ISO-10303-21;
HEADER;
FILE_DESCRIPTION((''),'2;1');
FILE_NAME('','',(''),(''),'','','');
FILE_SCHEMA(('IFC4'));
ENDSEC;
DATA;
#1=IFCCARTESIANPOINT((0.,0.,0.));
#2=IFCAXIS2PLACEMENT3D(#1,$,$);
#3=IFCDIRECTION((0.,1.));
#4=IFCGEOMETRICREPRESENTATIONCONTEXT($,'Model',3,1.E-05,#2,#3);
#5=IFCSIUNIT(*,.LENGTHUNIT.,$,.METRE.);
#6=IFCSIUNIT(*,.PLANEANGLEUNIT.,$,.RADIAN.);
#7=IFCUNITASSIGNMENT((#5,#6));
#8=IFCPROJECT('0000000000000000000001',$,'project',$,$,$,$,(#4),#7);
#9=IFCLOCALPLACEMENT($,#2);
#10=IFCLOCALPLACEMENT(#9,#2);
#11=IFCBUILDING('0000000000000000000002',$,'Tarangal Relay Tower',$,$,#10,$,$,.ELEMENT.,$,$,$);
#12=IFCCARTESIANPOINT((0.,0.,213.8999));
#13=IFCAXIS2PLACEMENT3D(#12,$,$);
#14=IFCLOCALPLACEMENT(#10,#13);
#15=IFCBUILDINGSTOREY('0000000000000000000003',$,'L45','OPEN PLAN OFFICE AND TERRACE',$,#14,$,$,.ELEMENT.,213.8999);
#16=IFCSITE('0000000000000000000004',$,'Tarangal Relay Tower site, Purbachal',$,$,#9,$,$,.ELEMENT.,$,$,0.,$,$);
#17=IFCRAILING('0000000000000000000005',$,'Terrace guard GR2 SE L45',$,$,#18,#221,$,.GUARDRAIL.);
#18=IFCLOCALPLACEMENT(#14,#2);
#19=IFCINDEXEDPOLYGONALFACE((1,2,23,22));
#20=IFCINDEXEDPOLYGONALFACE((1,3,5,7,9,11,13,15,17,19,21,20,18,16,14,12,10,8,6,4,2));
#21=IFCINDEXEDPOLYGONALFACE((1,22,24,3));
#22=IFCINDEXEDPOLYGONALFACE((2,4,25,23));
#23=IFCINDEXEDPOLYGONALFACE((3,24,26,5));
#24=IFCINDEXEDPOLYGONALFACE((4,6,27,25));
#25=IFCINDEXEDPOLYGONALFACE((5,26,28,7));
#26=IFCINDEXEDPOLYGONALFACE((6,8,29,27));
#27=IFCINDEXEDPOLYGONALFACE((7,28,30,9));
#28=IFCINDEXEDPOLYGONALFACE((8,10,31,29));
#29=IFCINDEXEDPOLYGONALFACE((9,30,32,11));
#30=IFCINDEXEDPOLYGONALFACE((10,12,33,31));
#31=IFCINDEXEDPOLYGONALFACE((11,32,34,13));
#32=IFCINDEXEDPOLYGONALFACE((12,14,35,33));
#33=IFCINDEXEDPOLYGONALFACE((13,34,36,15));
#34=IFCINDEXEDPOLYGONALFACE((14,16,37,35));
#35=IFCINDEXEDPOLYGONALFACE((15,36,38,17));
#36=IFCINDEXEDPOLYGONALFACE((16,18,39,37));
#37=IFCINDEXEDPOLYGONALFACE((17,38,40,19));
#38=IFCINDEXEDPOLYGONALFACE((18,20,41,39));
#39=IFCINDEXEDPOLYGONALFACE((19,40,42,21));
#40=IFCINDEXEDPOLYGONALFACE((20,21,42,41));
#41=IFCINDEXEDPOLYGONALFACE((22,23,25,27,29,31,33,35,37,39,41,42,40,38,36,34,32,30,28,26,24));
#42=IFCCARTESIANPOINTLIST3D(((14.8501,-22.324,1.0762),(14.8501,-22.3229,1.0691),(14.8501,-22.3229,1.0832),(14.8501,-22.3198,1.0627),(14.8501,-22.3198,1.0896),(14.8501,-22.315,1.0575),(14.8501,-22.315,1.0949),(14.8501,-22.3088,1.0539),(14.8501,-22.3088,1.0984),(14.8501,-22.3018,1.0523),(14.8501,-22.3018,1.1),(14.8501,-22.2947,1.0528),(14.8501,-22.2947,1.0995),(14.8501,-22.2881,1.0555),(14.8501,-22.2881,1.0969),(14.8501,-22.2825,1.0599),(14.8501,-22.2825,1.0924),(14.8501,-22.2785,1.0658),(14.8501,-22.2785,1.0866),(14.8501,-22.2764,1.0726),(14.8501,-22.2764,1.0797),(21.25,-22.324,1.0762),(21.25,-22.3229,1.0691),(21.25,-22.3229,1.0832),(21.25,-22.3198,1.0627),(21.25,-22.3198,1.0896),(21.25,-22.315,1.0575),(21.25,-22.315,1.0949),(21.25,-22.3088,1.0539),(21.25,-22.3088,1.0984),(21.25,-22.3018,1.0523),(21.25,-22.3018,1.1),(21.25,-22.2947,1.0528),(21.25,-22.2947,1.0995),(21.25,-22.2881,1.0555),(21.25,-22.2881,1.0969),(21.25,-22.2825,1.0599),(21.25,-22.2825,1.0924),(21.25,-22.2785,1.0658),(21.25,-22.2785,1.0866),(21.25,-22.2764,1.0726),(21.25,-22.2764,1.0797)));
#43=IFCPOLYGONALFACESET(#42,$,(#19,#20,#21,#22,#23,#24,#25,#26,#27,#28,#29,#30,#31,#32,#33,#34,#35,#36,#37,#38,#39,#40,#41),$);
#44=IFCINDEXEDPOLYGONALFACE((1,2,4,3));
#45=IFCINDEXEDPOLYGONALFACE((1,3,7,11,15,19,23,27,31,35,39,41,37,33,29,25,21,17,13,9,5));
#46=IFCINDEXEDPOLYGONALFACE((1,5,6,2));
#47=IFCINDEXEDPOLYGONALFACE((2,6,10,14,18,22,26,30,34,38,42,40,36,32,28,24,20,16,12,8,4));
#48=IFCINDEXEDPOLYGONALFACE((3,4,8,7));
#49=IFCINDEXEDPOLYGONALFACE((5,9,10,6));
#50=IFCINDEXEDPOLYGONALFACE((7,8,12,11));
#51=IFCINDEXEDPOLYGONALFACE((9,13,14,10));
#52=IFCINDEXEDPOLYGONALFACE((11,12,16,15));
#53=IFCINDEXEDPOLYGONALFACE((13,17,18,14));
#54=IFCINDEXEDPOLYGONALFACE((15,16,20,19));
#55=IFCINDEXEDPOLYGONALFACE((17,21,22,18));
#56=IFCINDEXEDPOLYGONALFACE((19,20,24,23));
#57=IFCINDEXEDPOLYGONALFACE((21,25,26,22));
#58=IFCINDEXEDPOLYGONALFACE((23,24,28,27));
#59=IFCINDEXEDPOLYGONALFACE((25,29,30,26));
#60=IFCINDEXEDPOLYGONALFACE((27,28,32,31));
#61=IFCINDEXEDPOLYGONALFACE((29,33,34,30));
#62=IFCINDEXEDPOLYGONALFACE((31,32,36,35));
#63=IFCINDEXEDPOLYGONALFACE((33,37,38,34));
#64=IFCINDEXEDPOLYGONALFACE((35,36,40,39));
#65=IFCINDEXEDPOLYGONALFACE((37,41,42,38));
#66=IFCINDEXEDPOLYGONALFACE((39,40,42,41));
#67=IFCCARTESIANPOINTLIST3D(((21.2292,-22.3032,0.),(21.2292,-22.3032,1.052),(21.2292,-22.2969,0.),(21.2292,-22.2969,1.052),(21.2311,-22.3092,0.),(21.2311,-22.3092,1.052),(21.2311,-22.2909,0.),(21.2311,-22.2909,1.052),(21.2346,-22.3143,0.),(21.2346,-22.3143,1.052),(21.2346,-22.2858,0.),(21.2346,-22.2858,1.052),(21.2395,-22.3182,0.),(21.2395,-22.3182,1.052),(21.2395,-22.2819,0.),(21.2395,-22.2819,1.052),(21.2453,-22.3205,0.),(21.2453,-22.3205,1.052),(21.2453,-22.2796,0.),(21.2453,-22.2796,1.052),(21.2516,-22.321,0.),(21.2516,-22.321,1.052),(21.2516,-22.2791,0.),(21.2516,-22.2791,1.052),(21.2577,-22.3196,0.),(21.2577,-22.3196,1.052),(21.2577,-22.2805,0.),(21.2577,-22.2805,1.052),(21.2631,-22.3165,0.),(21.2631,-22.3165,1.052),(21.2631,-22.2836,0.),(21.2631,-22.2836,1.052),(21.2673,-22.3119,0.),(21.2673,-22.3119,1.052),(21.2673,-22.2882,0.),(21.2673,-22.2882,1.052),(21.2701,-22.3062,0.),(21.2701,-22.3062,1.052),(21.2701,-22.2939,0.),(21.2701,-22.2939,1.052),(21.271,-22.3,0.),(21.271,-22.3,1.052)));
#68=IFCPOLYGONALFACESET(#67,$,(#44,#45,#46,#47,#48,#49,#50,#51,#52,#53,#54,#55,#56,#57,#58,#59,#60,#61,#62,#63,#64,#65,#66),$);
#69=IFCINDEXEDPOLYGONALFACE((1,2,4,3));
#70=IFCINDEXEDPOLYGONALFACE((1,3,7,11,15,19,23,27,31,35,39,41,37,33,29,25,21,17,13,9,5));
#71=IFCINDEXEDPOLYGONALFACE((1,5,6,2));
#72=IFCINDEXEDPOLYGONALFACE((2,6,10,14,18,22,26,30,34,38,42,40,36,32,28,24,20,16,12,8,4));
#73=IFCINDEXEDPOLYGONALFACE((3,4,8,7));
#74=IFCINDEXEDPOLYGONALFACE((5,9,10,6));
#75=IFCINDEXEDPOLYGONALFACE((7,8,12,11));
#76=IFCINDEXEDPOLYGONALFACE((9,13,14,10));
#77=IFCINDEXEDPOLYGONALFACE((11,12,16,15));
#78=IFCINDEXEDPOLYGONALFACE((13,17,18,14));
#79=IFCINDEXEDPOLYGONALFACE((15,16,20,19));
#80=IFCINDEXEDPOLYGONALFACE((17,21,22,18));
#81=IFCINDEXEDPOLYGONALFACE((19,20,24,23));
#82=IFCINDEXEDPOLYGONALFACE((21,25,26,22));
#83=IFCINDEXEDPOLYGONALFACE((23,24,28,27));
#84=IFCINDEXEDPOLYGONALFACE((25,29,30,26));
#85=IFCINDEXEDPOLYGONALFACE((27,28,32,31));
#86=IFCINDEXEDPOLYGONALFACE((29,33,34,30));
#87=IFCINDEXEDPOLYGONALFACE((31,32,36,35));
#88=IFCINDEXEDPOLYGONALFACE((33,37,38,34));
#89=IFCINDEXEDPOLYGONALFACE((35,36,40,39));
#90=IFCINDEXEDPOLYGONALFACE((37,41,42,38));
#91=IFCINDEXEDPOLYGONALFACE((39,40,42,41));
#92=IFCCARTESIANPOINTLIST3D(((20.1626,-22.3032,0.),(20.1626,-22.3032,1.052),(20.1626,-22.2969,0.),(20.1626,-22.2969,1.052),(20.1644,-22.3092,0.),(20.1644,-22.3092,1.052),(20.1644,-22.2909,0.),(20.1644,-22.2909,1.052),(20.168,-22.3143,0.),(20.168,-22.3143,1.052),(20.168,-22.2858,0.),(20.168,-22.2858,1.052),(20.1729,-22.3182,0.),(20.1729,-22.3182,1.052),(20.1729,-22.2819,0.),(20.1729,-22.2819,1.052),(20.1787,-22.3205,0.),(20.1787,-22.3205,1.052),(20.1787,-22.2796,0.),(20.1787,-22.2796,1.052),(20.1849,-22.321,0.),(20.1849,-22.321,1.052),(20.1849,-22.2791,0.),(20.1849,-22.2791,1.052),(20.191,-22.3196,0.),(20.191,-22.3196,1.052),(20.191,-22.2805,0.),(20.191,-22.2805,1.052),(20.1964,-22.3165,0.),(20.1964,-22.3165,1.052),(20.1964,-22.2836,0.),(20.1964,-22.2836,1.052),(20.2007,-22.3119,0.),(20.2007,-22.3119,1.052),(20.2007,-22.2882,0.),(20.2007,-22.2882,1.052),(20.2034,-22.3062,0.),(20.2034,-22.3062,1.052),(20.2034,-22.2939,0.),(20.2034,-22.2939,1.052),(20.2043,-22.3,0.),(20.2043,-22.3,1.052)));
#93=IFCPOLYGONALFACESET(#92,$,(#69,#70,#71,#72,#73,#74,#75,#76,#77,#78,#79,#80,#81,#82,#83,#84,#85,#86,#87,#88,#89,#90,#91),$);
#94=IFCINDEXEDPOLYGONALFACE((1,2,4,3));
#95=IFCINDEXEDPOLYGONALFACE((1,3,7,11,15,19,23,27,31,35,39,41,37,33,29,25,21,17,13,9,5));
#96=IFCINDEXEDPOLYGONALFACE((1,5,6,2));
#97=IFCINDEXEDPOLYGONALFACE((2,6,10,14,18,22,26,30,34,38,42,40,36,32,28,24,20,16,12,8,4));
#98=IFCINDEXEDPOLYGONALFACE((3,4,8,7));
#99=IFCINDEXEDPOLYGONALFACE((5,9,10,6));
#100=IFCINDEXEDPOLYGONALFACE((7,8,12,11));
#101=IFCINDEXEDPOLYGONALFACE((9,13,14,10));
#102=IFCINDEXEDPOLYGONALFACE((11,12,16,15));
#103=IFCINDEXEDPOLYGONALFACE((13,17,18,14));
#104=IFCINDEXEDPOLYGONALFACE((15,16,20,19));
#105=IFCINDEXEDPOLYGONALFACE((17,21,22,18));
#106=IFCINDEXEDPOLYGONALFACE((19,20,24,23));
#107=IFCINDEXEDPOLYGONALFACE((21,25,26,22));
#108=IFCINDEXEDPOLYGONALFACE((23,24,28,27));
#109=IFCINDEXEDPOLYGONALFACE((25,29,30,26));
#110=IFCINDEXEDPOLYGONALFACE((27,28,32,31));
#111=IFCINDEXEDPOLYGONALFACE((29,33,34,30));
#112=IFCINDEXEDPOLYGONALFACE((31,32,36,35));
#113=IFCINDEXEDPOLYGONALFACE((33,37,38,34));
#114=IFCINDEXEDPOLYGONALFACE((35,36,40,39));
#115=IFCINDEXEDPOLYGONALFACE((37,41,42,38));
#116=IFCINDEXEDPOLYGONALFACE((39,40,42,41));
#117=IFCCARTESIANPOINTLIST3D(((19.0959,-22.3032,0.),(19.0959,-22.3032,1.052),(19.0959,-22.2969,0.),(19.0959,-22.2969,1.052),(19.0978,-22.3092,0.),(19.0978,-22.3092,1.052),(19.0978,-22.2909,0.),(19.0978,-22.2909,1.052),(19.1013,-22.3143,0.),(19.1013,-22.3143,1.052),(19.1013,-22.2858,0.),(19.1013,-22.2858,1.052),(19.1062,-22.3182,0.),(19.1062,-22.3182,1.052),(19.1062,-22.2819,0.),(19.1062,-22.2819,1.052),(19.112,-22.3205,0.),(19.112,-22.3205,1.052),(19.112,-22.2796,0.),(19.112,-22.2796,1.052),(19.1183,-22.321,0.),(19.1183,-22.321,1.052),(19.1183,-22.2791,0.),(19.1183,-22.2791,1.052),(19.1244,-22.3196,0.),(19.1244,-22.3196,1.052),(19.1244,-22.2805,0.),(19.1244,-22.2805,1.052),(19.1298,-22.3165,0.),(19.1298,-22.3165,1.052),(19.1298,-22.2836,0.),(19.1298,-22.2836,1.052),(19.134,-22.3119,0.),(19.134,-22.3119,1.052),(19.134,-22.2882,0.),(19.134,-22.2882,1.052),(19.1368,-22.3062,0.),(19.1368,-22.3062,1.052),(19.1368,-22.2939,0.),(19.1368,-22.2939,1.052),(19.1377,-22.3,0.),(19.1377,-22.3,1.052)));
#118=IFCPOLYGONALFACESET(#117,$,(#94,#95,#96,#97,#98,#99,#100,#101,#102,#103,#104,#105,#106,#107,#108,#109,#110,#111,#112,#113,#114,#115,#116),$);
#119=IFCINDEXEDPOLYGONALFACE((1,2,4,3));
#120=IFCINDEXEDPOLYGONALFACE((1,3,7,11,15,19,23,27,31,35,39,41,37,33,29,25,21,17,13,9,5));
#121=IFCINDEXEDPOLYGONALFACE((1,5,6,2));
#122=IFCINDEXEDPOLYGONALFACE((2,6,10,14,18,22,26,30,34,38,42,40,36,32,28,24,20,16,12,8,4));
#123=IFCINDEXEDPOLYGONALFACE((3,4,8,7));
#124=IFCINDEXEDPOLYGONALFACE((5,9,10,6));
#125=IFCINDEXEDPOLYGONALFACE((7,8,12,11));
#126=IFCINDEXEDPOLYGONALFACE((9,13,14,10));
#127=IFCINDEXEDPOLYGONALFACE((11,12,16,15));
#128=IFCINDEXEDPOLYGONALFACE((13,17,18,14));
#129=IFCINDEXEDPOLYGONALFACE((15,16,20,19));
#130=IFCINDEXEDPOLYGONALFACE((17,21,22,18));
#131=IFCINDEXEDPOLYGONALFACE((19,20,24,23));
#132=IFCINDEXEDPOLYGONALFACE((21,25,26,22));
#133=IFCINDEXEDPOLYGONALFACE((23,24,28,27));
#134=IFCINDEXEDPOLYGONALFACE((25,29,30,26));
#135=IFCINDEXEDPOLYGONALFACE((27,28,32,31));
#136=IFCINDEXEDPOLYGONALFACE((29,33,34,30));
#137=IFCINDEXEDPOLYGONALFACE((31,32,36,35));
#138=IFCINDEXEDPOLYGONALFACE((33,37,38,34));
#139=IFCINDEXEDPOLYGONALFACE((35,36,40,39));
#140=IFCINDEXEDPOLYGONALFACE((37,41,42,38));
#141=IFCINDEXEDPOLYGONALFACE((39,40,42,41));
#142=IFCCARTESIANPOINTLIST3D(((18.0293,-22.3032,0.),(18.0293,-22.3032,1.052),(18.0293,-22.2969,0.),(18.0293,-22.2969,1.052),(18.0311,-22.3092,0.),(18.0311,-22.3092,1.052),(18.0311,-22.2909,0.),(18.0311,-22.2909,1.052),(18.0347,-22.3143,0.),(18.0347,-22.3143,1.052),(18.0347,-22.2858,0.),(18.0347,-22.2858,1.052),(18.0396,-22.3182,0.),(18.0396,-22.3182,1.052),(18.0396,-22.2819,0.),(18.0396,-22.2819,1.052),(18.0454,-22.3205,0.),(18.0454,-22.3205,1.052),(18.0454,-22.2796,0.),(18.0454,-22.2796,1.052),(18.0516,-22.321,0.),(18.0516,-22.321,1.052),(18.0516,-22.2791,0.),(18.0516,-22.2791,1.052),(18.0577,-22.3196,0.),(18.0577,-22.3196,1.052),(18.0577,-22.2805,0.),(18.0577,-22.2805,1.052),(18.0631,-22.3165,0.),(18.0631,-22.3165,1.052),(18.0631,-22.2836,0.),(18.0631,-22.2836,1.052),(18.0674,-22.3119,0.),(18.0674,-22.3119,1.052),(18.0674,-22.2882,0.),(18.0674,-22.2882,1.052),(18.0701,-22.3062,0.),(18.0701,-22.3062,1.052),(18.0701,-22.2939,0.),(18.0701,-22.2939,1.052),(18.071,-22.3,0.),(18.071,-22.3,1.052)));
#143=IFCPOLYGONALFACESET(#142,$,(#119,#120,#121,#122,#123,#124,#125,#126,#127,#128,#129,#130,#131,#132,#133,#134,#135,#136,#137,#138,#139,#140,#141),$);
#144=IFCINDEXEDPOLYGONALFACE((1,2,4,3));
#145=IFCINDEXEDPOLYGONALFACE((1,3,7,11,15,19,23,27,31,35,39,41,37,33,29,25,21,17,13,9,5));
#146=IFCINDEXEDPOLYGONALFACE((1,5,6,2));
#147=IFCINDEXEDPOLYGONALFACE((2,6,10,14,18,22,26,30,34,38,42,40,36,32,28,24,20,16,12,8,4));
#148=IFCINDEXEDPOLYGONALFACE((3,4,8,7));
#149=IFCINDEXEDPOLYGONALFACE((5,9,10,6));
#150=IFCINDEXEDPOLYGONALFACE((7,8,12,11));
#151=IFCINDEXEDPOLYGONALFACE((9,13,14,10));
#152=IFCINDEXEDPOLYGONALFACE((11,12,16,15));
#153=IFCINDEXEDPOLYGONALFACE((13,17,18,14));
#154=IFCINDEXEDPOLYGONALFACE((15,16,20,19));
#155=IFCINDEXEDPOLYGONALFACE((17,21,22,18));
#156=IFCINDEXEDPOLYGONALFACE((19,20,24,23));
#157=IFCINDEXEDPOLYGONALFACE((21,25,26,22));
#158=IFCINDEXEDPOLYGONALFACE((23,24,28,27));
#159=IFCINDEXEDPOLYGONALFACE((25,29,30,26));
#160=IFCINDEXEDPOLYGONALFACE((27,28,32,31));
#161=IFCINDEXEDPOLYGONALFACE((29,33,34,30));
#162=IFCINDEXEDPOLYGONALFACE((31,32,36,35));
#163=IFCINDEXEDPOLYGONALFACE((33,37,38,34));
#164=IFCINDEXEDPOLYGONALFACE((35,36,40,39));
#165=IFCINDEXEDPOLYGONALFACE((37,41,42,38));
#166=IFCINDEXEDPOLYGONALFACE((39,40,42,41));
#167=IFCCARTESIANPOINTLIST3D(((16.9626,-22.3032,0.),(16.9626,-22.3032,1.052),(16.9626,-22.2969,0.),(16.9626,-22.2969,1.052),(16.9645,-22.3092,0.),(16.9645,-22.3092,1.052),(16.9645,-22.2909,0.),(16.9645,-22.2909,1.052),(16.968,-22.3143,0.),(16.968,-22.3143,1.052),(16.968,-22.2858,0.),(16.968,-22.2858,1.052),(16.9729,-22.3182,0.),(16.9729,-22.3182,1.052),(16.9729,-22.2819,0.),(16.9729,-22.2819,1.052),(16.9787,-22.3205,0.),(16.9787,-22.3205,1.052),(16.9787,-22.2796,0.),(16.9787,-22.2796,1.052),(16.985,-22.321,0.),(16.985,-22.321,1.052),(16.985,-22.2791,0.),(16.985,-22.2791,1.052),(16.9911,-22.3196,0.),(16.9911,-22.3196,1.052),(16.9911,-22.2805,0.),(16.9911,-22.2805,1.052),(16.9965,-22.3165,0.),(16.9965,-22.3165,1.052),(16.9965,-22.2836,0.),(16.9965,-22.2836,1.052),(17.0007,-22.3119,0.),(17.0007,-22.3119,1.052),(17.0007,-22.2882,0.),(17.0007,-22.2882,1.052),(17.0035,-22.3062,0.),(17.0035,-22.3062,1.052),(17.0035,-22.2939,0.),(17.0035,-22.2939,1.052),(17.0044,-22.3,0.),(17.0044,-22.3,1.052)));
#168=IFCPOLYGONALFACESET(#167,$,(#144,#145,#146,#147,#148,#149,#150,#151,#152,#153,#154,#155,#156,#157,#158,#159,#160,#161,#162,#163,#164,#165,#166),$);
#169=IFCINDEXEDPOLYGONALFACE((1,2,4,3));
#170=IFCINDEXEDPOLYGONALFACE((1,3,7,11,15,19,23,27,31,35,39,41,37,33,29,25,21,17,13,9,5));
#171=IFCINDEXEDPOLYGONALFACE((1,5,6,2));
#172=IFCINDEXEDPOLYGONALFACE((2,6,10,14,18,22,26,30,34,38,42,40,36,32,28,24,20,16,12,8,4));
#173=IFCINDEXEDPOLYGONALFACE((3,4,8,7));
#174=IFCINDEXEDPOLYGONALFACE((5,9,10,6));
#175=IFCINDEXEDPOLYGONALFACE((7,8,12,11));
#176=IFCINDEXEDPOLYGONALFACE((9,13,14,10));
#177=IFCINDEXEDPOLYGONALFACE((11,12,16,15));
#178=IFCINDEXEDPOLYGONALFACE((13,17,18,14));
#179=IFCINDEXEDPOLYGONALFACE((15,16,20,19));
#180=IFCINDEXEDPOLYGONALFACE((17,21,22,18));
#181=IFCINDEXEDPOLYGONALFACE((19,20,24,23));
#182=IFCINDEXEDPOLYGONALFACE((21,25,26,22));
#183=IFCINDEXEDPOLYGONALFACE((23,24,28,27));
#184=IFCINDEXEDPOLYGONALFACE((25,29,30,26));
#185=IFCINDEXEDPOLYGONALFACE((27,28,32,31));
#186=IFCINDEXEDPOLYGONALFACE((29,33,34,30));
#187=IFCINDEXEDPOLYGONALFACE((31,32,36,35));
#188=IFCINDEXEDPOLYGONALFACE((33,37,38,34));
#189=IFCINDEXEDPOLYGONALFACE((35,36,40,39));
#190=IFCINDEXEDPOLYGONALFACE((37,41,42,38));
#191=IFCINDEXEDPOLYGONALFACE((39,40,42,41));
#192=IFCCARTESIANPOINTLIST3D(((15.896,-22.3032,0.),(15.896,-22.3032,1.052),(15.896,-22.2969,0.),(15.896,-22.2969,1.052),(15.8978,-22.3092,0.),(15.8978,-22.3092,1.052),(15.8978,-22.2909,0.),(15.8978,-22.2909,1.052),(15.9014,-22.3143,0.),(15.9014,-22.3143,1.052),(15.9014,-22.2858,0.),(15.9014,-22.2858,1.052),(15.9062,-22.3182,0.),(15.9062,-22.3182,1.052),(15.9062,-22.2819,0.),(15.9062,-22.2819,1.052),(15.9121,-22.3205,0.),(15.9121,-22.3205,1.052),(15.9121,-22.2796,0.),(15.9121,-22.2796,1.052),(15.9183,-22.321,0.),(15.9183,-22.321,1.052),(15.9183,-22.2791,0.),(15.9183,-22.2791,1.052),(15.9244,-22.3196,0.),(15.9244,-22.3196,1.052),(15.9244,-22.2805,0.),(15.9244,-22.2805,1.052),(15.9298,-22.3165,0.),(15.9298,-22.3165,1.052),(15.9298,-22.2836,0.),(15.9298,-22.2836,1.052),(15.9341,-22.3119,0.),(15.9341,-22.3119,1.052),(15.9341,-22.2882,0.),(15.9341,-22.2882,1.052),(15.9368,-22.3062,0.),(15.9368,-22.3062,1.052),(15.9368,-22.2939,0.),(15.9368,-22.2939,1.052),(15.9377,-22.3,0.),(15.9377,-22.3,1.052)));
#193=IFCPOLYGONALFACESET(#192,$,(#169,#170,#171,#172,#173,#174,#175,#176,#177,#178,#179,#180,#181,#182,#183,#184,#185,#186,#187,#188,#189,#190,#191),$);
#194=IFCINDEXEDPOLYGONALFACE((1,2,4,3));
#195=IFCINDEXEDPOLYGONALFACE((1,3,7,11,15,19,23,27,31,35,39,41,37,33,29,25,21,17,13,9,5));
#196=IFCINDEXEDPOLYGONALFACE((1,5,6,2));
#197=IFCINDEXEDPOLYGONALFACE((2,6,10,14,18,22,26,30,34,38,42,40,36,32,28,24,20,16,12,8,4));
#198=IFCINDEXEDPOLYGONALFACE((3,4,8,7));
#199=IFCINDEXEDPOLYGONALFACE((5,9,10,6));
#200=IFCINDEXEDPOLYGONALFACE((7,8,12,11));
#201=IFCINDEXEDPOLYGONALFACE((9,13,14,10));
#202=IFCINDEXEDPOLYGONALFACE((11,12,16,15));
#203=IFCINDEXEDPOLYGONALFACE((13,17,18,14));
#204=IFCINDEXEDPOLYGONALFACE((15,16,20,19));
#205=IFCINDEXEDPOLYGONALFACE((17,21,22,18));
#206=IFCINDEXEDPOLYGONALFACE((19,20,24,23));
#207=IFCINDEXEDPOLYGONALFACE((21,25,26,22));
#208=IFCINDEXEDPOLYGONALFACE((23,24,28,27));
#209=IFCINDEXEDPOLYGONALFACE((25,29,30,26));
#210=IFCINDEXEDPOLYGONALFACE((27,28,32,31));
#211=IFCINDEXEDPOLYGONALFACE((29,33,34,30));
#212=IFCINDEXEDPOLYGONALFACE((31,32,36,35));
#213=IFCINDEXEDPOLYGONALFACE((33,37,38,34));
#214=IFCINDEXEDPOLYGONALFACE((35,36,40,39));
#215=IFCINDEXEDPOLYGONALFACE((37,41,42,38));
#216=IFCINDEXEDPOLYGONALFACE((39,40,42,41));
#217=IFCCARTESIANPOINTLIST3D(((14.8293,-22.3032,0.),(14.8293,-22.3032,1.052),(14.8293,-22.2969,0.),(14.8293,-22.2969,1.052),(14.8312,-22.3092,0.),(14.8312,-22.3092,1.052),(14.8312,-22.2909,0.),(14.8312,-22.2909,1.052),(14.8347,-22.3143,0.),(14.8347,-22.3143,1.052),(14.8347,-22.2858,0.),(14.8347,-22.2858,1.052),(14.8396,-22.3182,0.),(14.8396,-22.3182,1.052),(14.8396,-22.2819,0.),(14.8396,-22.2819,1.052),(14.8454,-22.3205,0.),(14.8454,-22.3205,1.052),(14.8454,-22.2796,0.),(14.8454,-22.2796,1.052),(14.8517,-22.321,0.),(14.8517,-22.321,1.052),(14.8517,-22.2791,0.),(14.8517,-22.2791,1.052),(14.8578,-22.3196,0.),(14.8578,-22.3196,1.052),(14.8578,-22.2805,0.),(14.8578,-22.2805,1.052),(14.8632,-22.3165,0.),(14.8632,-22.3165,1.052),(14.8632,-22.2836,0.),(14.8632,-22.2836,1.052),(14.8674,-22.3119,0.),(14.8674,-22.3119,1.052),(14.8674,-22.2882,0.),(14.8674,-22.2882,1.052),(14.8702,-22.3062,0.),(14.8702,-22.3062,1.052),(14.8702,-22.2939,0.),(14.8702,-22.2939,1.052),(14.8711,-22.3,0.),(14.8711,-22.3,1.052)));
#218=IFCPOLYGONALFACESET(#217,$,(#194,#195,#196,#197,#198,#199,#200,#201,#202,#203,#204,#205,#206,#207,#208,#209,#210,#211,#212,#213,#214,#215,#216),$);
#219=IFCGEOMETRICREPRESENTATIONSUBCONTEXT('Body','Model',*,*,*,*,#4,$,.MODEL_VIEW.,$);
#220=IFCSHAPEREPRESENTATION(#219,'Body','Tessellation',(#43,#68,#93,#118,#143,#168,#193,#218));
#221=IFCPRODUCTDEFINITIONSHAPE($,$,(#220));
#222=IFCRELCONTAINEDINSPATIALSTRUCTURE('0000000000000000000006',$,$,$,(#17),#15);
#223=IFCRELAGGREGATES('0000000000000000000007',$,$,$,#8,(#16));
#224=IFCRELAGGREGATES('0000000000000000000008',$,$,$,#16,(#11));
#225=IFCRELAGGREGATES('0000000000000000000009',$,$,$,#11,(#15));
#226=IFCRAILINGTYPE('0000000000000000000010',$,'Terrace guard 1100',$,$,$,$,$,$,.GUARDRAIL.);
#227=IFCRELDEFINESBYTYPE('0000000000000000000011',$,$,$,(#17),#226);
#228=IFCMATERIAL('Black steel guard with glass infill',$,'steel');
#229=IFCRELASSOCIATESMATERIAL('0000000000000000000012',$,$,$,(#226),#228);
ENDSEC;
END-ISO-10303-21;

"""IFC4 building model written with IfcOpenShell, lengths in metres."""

from ifc_helpers import new_model, si_unit, direction, frame, origin, origin_2d, place, context, subcontext, project, spatial, circle, extrude, material, type_object, element, save


model = new_model("IFC4")

# Units and contexts
model_context = context("Model", 3, precision=1e-05, world=origin(), true_north=direction((0.0, 1.0)))
body_context = subcontext(model_context, "Body", "Model", "MODEL_VIEW")
ifc_project = project(units=[si_unit("LENGTHUNIT", "METRE"), si_unit("PLANEANGLEUNIT", "RADIAN")], contexts=[model_context])

# Site, building, storey
site_placement = place(None, origin())
site = spatial("IfcSite", under=ifc_project, at=site_placement, Name="Tarangal Relay Tower site, Purbachal", CompositionType="ELEMENT", RefElevation=0.0)
building_placement = place(site_placement, origin())
building = spatial("IfcBuilding", under=site, at=building_placement, Name="Tarangal Relay Tower", CompositionType="ELEMENT")
storey_placement = place(building_placement, frame((0.0, 0.0, 213.8999)))
storey = spatial("IfcBuildingStorey", under=building, at=storey_placement, Name="L45", Description="OPEN PLAN OFFICE AND TERRACE", CompositionType="ELEMENT", Elevation=213.8999)

# Railing
ifc_material_1 = material(Name="Black steel guard with glass infill", Category="steel")
railing_type = type_object("IfcRailingType", Name="Terrace guard 1100", PredefinedType="GUARDRAIL", material=ifc_material_1)
railing_1_placement = place(storey_placement, frame((21.25, -22.3, 0.0)))
element("IfcRailing", 1, at=railing_1_placement, inside=storey, type_object=railing_type, Name="Terrace guard GR2 SE L45", PredefinedType="GUARDRAIL", context=body_context, shape_type="SweptSolid", body=[
    extrude(circle(Radius=0.0239, at=origin_2d()), frame((0.0, 0.0, 1.0762), z_axis=(-1.0, 0.0, 0.0), x_axis=(0.0, -1.0, 0.0)), (0.0, 0.0, 1.0), 6.3999),
    extrude(circle(Radius=0.021, at=origin_2d()), origin(), (0.0, 0.0, 1.0), 1.052),
    extrude(circle(Radius=0.021, at=origin_2d()), frame((-1.0667, 0.0, 0.0)), (0.0, 0.0, 1.0), 1.052),
    extrude(circle(Radius=0.021, at=origin_2d()), frame((-2.1333, 0.0, 0.0)), (0.0, 0.0, 1.0), 1.052),
    extrude(circle(Radius=0.021, at=origin_2d()), frame((-3.2, 0.0, 0.0)), (0.0, 0.0, 1.0), 1.052),
    extrude(circle(Radius=0.021, at=origin_2d()), frame((-4.2666, 0.0, 0.0)), (0.0, 0.0, 1.0), 1.052),
    extrude(circle(Radius=0.021, at=origin_2d()), frame((-5.3333, 0.0, 0.0)), (0.0, 0.0, 1.0), 1.052),
    extrude(circle(Radius=0.021, at=origin_2d()), frame((-6.3999, 0.0, 0.0)), (0.0, 0.0, 1.0), 1.052),
])

save(model, "model.ifc")
